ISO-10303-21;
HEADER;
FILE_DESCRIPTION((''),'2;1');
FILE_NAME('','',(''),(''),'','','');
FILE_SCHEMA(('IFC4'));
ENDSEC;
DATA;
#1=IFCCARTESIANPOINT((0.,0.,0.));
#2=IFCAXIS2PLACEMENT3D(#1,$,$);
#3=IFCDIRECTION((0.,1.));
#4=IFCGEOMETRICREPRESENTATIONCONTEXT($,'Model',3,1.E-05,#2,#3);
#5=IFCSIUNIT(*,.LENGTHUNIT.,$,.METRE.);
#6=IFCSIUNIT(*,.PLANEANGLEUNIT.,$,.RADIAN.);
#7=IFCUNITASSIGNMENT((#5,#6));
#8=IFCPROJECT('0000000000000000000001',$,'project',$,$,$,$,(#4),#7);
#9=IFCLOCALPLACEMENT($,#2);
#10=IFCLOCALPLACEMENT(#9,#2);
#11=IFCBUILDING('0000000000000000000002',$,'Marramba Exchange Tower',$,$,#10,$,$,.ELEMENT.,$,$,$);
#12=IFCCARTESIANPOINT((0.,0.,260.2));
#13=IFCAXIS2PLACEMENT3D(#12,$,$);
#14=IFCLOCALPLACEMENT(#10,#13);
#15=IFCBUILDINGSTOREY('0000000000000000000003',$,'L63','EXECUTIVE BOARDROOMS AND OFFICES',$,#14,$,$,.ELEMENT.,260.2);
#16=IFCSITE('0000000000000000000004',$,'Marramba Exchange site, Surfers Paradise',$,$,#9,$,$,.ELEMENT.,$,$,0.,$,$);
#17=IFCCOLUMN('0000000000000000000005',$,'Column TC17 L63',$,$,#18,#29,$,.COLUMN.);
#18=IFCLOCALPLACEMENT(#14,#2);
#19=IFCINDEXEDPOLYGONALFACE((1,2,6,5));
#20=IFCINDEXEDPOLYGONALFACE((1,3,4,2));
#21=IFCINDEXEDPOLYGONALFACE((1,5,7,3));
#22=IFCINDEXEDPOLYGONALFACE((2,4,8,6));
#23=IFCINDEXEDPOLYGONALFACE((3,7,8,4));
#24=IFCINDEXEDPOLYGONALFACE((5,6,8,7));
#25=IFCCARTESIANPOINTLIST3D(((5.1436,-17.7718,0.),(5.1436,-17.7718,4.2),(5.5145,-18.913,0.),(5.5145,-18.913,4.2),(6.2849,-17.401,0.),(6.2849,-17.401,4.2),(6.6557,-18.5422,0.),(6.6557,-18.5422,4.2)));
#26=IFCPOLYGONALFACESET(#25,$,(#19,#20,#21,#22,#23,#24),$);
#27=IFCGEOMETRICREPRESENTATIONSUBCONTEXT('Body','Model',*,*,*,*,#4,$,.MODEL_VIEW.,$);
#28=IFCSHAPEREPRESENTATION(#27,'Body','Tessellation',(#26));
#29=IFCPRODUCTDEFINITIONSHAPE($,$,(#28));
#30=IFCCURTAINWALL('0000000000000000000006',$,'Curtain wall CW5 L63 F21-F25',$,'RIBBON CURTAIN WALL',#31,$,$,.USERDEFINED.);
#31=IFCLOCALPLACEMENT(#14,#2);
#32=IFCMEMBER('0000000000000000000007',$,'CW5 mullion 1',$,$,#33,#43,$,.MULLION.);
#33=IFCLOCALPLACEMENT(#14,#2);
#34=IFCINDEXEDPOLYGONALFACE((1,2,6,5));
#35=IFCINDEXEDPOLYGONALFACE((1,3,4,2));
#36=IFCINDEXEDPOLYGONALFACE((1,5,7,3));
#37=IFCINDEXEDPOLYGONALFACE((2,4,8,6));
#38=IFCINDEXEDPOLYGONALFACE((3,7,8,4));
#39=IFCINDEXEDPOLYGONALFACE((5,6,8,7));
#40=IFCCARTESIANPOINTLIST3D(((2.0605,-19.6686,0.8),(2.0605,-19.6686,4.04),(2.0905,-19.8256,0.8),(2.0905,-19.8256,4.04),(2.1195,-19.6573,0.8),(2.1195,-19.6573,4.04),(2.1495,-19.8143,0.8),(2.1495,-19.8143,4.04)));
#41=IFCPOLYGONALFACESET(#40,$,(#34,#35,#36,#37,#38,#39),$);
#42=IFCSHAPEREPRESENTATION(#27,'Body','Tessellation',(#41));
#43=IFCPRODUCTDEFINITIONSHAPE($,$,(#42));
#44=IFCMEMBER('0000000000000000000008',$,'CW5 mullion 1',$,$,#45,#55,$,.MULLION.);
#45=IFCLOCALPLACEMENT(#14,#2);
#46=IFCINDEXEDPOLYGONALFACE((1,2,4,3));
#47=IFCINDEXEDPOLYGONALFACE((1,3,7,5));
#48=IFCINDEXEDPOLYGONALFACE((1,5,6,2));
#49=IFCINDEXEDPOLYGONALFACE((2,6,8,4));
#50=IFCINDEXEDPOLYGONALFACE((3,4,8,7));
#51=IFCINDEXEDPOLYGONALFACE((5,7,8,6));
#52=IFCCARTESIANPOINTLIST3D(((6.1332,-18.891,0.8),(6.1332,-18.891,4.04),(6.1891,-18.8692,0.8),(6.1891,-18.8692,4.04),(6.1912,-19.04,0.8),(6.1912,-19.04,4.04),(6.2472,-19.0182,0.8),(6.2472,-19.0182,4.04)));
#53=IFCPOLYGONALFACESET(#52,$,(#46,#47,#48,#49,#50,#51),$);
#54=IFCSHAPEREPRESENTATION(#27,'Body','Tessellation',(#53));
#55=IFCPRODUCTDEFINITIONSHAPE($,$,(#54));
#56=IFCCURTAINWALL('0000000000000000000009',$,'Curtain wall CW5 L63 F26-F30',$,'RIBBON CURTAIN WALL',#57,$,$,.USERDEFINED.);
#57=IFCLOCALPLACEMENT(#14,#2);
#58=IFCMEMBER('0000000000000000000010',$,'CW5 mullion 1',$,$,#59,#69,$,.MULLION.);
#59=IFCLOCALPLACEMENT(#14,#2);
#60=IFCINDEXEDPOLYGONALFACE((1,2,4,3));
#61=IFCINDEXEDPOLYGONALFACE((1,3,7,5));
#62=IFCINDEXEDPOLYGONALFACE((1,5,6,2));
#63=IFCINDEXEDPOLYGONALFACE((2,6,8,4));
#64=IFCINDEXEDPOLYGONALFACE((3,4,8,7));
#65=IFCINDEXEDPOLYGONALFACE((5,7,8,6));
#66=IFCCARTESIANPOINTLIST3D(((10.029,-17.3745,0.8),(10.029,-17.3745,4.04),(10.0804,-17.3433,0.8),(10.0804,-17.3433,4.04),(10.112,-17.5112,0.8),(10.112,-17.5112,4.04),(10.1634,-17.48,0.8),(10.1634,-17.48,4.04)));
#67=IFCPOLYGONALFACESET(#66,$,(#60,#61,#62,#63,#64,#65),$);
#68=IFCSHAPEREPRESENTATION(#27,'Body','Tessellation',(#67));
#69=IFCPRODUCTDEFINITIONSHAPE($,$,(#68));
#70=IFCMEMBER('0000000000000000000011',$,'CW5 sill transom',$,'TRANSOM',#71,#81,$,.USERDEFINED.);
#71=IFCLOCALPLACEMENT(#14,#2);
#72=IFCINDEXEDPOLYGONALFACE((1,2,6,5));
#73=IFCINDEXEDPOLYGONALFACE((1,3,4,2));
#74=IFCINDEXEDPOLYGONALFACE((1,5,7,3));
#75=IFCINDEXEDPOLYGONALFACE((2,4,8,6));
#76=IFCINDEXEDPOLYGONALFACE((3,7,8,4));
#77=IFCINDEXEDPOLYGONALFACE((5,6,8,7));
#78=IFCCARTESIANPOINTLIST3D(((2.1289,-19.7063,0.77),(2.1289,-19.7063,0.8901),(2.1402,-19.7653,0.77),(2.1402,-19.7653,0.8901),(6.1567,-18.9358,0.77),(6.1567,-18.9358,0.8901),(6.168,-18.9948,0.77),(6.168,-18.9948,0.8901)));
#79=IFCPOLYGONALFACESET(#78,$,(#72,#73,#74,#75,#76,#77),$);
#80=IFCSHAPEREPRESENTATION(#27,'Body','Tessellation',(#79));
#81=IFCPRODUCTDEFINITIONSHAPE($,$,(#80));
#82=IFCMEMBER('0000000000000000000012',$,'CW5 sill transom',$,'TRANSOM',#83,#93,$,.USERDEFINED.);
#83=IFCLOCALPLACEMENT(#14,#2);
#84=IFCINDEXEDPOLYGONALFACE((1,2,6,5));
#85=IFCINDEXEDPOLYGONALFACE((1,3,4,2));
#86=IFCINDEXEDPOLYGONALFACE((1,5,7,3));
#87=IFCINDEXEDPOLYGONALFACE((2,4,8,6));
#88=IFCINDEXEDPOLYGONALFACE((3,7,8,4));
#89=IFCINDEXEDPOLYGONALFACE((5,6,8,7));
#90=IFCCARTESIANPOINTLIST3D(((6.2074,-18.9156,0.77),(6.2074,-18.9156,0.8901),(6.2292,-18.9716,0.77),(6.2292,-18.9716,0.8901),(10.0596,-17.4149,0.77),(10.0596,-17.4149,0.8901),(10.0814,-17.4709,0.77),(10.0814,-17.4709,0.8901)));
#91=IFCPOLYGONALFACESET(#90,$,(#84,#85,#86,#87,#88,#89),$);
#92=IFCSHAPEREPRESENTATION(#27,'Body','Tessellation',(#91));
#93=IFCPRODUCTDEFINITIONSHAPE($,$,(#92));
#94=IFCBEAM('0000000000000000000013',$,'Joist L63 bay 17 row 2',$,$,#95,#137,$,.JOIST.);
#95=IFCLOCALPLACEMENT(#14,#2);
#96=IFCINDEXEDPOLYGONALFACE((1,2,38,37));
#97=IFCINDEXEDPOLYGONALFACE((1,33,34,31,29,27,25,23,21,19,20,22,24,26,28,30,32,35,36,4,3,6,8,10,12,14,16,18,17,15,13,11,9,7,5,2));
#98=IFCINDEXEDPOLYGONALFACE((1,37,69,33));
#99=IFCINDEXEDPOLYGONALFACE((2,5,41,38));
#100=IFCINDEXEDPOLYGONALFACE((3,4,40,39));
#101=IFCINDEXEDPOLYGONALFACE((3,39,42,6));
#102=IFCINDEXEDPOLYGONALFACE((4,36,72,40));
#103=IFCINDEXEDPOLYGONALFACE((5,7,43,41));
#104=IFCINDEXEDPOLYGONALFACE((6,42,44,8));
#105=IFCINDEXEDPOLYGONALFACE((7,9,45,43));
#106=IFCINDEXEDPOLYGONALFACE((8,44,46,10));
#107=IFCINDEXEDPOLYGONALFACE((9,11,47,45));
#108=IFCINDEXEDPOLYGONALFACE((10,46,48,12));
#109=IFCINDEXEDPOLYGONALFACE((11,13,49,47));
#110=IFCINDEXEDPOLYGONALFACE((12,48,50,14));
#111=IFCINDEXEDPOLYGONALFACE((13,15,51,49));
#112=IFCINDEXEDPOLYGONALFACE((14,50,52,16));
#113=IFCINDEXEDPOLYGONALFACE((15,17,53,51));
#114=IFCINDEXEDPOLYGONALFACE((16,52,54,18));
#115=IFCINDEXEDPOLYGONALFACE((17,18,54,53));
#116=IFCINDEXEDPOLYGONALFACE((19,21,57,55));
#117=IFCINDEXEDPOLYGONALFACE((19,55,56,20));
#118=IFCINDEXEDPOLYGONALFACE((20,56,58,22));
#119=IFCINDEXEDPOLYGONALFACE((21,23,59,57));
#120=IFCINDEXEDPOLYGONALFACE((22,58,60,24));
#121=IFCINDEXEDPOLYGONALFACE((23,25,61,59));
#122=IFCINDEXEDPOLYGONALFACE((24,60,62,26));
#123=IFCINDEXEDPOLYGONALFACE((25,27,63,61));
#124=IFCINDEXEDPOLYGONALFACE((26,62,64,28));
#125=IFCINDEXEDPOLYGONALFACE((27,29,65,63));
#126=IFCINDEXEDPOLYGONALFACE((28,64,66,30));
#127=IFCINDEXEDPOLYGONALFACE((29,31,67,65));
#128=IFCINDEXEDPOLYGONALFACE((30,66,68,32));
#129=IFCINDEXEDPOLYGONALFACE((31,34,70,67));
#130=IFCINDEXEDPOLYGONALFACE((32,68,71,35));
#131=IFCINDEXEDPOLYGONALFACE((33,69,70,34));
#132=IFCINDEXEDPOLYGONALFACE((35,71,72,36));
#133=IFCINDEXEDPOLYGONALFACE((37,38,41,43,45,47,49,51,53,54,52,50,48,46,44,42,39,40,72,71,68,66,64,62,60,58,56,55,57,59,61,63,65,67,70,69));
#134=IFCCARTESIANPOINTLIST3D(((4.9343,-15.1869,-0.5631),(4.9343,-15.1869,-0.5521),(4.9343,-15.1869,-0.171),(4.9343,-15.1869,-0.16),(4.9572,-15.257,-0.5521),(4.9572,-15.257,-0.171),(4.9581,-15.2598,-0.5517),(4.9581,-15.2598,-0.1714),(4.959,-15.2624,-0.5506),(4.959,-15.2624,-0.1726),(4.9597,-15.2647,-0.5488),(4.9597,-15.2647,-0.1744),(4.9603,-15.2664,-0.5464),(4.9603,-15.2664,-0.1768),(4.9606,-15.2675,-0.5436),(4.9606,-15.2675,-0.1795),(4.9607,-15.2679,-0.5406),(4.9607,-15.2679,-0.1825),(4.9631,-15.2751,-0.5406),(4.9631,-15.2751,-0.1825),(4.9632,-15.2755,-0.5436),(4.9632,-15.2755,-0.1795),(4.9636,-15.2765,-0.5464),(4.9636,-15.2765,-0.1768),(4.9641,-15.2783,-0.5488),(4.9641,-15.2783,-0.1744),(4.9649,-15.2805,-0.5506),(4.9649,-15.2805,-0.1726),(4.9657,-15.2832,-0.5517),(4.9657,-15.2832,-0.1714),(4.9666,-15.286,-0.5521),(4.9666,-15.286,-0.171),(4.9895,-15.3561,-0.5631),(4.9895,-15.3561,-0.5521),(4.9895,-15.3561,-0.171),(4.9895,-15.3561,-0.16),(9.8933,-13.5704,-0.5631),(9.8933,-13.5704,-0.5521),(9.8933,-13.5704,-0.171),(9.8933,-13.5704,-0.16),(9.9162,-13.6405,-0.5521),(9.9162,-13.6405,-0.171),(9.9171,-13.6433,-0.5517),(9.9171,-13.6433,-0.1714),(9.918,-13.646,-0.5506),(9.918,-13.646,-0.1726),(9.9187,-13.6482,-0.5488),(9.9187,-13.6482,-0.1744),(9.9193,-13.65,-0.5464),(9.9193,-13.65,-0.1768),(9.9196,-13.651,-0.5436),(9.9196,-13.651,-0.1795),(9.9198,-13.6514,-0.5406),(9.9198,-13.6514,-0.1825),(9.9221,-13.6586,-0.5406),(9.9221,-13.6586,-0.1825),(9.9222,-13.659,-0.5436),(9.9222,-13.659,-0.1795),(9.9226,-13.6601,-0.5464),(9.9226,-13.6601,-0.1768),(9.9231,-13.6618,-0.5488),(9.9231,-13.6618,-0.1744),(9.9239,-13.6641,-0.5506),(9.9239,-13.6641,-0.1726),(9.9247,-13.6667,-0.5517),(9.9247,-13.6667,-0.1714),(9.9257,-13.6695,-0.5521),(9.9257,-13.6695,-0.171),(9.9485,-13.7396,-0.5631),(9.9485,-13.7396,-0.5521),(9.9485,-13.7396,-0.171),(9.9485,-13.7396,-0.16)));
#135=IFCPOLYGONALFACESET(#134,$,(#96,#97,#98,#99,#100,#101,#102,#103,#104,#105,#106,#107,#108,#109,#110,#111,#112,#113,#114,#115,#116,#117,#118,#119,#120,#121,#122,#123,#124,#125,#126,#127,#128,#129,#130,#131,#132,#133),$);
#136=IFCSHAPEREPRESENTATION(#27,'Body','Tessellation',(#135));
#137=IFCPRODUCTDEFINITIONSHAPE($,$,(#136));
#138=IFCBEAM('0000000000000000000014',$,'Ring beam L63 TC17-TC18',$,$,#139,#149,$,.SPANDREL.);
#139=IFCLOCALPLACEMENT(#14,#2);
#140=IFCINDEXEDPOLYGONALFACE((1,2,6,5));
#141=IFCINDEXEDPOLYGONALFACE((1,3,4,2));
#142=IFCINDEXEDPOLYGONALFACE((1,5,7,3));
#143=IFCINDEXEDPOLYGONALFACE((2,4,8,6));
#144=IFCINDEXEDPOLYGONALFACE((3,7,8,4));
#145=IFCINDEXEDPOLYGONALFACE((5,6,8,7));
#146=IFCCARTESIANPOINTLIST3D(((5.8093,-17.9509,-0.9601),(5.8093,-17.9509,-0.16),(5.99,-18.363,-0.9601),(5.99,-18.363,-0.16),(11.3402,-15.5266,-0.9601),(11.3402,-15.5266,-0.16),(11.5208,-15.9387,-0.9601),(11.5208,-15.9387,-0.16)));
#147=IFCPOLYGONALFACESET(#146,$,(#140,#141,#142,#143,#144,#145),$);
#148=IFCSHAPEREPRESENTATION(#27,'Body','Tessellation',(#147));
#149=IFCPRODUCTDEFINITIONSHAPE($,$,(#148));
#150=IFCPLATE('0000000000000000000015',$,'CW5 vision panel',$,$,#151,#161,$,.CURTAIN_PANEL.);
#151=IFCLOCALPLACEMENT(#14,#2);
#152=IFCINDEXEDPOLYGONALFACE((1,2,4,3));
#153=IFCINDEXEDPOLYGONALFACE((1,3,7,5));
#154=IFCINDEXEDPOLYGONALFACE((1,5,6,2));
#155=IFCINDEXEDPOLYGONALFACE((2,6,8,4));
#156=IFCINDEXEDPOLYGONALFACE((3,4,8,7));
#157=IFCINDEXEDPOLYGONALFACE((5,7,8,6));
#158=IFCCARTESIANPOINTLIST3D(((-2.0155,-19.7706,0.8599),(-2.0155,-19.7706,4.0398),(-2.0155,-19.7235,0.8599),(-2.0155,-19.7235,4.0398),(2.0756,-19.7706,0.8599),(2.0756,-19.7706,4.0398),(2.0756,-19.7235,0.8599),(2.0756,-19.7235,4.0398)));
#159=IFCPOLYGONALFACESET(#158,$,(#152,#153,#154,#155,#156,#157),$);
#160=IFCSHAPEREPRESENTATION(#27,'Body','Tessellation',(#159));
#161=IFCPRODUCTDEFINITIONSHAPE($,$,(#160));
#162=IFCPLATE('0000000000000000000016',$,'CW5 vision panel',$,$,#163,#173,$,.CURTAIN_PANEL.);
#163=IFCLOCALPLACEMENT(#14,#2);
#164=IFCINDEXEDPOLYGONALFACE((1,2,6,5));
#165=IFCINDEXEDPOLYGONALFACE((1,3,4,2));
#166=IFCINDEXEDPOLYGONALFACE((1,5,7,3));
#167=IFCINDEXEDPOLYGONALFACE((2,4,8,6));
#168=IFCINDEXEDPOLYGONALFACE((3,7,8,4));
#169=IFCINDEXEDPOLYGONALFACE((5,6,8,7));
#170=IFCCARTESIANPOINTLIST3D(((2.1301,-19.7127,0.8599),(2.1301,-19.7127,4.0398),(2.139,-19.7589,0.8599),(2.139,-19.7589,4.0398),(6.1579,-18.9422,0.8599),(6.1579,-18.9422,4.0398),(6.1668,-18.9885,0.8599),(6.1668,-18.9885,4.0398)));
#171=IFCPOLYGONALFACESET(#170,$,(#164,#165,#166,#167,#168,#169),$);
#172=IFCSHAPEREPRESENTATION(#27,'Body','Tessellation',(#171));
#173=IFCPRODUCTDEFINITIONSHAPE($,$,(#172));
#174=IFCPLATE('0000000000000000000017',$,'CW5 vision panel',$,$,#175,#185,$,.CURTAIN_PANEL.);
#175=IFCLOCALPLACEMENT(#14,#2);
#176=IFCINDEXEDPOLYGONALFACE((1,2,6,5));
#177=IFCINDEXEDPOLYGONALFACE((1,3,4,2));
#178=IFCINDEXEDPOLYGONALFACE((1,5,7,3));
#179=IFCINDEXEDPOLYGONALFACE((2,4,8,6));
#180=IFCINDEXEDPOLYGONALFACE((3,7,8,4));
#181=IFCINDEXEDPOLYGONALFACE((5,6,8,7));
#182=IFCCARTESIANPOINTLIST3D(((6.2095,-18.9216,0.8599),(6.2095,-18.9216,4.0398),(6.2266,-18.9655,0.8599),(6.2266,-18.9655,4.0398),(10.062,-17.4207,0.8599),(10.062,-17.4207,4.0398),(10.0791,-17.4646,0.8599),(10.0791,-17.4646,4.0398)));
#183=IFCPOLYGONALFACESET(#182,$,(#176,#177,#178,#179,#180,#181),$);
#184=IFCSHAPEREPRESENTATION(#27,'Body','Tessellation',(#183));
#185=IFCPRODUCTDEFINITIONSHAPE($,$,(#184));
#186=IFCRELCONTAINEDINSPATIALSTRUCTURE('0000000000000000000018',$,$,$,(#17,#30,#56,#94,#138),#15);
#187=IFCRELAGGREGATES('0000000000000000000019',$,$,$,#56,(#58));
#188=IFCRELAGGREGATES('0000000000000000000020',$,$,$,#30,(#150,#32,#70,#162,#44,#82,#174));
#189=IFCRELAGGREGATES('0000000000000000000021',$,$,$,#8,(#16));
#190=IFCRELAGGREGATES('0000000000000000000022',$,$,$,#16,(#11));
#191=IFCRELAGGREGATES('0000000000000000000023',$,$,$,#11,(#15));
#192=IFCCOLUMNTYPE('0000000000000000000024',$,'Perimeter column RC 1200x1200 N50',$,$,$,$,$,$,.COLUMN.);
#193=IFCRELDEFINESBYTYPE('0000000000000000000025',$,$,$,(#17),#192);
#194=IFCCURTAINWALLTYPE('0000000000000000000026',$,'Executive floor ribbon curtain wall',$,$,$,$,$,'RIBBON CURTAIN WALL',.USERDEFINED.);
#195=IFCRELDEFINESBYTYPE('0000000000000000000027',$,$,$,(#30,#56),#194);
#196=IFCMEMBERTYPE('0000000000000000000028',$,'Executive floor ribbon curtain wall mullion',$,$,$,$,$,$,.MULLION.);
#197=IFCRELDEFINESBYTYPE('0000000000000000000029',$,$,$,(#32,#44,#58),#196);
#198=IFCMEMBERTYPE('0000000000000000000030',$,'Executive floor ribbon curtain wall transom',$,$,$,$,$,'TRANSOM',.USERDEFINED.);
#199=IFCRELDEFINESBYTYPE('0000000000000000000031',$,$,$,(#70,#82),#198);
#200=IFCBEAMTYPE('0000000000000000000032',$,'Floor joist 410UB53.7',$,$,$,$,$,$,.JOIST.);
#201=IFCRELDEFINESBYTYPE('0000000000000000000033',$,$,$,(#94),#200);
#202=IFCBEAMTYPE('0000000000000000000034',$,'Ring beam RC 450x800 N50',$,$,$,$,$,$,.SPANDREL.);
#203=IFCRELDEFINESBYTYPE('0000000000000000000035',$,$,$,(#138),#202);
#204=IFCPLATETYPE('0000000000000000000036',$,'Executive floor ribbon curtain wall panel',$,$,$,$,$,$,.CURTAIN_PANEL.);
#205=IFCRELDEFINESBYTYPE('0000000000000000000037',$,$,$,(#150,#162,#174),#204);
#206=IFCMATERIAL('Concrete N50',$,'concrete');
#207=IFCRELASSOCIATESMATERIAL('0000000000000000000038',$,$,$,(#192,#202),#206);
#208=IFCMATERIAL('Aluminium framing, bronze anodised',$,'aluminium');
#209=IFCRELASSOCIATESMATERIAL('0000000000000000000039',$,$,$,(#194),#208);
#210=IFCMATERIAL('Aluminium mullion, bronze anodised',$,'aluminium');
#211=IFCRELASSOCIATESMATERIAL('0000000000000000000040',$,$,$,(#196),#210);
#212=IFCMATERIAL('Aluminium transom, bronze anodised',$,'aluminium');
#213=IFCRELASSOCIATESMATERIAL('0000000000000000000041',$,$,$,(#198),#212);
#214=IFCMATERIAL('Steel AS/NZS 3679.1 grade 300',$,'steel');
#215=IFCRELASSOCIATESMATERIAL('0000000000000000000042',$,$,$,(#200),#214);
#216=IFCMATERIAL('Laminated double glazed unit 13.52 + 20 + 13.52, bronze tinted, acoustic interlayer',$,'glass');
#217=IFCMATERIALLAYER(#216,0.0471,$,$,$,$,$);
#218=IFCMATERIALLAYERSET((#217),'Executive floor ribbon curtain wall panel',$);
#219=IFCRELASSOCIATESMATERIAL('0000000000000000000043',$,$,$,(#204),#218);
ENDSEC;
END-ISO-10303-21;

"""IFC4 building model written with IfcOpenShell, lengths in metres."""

from ifc_helpers import new_model, si_unit, direction, frame, origin, origin_2d, place, context, subcontext, project, spatial, rectangle, i_section, extrude, material, layer, layer_set, material_profile, profile_set, type_object, element, aggregate, save


model = new_model("IFC4")

# Units and contexts
model_context = context("Model", 3, precision=1e-05, world=origin(), true_north=direction((0.0, 1.0)))
body_context = subcontext(model_context, "Body", "Model", "MODEL_VIEW")
ifc_project = project(units=[si_unit("LENGTHUNIT", "METRE"), si_unit("PLANEANGLEUNIT", "RADIAN")], contexts=[model_context])

# Site, building, storey
site_placement = place(None, origin())
site = spatial("IfcSite", under=ifc_project, at=site_placement, Name="Marramba Exchange site, Surfers Paradise", CompositionType="ELEMENT", RefElevation=0.0)
building_placement = place(site_placement, origin())
building = spatial("IfcBuilding", under=site, at=building_placement, Name="Marramba Exchange Tower", CompositionType="ELEMENT")
storey_placement = place(building_placement, frame((0.0, 0.0, 260.2)))
storey = spatial("IfcBuildingStorey", under=building, at=storey_placement, Name="L63", Description="EXECUTIVE BOARDROOMS AND OFFICES", CompositionType="ELEMENT", Elevation=260.2)

# Column
ifc_material_1 = material(Name="Concrete N50", Category="concrete")
ifc_material_profile_1 = material_profile(ifc_material_1, rectangle(XDim=1.2, YDim=1.2, at=origin_2d()), Name="RC 1200x1200")
ifc_profile_set_1 = profile_set([ifc_material_profile_1], Name="Concrete N50")
column_type = type_object("IfcColumnType", Name="Perimeter column RC 1200x1200 N50", PredefinedType="COLUMN", material=ifc_profile_set_1)
column_placement = place(storey_placement, frame((5.8997, -18.157, 0.0), z_axis=(0.0, 0.0, 1.0), x_axis=(0.309017, -0.951057, 0.0)))
element("IfcColumn", 1, at=column_placement, inside=storey, type_object=column_type, Name="Column TC17 L63", PredefinedType="COLUMN", context=body_context, shape_type="SweptSolid", body=[
    extrude(rectangle(XDim=1.2, YDim=1.2, at=origin_2d()), origin(), (0.0, 0.0, 1.0), 4.2),
])

# Curtain wall, members
ifc_material_2 = material(Name="Aluminium framing, bronze anodised", Category="aluminium")
curtain_wall_type = type_object("IfcCurtainWallType", Name="Executive floor ribbon curtain wall", ElementType="RIBBON CURTAIN WALL", PredefinedType="USERDEFINED", material=ifc_material_2)
curtain_wall_1_placement = place(storey_placement, origin())
curtain_wall_1 = element("IfcCurtainWall", 2, at=curtain_wall_1_placement, inside=storey, type_object=curtain_wall_type, Name="Curtain wall CW5 L63 F21-F25", ObjectType="RIBBON CURTAIN WALL", PredefinedType="USERDEFINED")
ifc_material_3 = material(Name="Aluminium mullion, bronze anodised", Category="aluminium")
ifc_material_profile_2 = material_profile(ifc_material_3, rectangle(XDim=0.1599, YDim=0.0601, at=origin_2d()), Name="CW5 mullion 60x160")
ifc_profile_set_2 = profile_set([ifc_material_profile_2], Name="Aluminium mullion, bronze anodised")
member_type_1 = type_object("IfcMemberType", Name="Executive floor ribbon curtain wall mullion", PredefinedType="MULLION", material=ifc_profile_set_2)
member_1_placement = place(storey_placement, frame((2.105, -19.7415, 0.8), z_axis=(0.0, 0.0, 1.0), x_axis=(-0.187873, 0.982193, 0.0)))
member_1 = element("IfcMember", 3, at=member_1_placement, type_object=member_type_1, Name="CW5 mullion 1", PredefinedType="MULLION", context=body_context, shape_type="SweptSolid", body=[
    extrude(rectangle(XDim=0.1599, YDim=0.0601, at=origin_2d()), origin(), (0.0, 0.0, 1.0), 3.24),
])
member_2_placement = place(storey_placement, frame((6.1902, -18.9546, 0.8), z_axis=(0.0, 0.0, 1.0), x_axis=(-0.36301, 0.931785, 0.0)))
member_2 = element("IfcMember", 4, at=member_2_placement, type_object=member_type_1, Name="CW5 mullion 1", PredefinedType="MULLION", context=body_context, shape_type="SweptSolid", body=[
    extrude(rectangle(XDim=0.1599, YDim=0.0601, at=origin_2d()), origin(), (0.0, 0.0, 1.0), 3.24),
])

# Curtain wall, member
curtain_wall_2_placement = place(storey_placement, origin())
curtain_wall_2 = element("IfcCurtainWall", 5, at=curtain_wall_2_placement, inside=storey, type_object=curtain_wall_type, Name="Curtain wall CW5 L63 F26-F30", ObjectType="RIBBON CURTAIN WALL", PredefinedType="USERDEFINED")
member_3_placement = place(storey_placement, frame((10.0962, -17.4272, 0.8), z_axis=(0.0, 0.0, 1.0), x_axis=(-0.519115, 0.854704, 0.0)))
member_3 = element("IfcMember", 6, at=member_3_placement, type_object=member_type_1, Name="CW5 mullion 1", PredefinedType="MULLION", context=body_context, shape_type="SweptSolid", body=[
    extrude(rectangle(XDim=0.1599, YDim=0.0601, at=origin_2d()), origin(), (0.0, 0.0, 1.0), 3.24),
])
aggregate(curtain_wall_2, [member_3])

# Members
ifc_material_4 = material(Name="Aluminium transom, bronze anodised", Category="aluminium")
ifc_material_profile_3 = material_profile(ifc_material_4, rectangle(XDim=0.0601, YDim=0.1201, at=origin_2d()), Name="CW5 transom 60x120")
ifc_profile_set_3 = profile_set([ifc_material_profile_3], Name="Aluminium transom, bronze anodised")
member_type_2 = type_object("IfcMemberType", Name="Executive floor ribbon curtain wall transom", ElementType="TRANSOM", PredefinedType="USERDEFINED", material=ifc_profile_set_3)
member_4_placement = place(storey_placement, frame((2.1345, -19.7358, 0.8301), z_axis=(0.98219, 0.187889, 0.0), x_axis=(-0.187889, 0.98219, 0.0)))
member_4 = element("IfcMember", 7, at=member_4_placement, type_object=member_type_2, Name="CW5 sill transom", ObjectType="TRANSOM", PredefinedType="USERDEFINED", context=body_context, shape_type="SweptSolid", body=[
    extrude(rectangle(XDim=0.0601, YDim=0.1201, at=origin_2d()), origin(), (0.0, 0.0, 1.0), 4.1008),
])
member_5_placement = place(storey_placement, frame((6.2183, -18.9436, 0.8301), z_axis=(0.931791, 0.362996, 0.0), x_axis=(-0.362996, 0.931791, 0.0)))
member_5 = element("IfcMember", 8, at=member_5_placement, type_object=member_type_2, Name="CW5 sill transom", ObjectType="TRANSOM", PredefinedType="USERDEFINED", context=body_context, shape_type="SweptSolid", body=[
    extrude(rectangle(XDim=0.0601, YDim=0.1201, at=origin_2d()), origin(), (0.0, 0.0, 1.0), 4.1343),
])

# Beams
ifc_material_5 = material(Name="Steel AS/NZS 3679.1 grade 300", Category="steel")
ifc_material_profile_4 = material_profile(ifc_material_5, i_section(OverallWidth=0.178, OverallDepth=0.4031, WebThickness=0.0076, FlangeThickness=0.011, FilletRadius=0.0115, at=origin_2d()), Name="410UB53.7")
ifc_profile_set_4 = profile_set([ifc_material_profile_4], Name="Steel AS/NZS 3679.1 grade 300")
beam_type_1 = type_object("IfcBeamType", Name="Floor joist 410UB53.7", PredefinedType="JOIST", material=ifc_profile_set_4)
beam_1_placement = place(storey_placement, frame((4.9619, -15.2715, -0.3616), z_axis=(0.950764, 0.309916, 0.0), x_axis=(-0.309916, 0.950764, 0.0)))
element("IfcBeam", 9, at=beam_1_placement, inside=storey, type_object=beam_type_1, Name="Joist L63 bay 17 row 2", PredefinedType="JOIST", context=body_context, shape_type="SweptSolid", body=[
    extrude(i_section(OverallWidth=0.178, OverallDepth=0.4031, WebThickness=0.0076, FlangeThickness=0.011, FilletRadius=0.0115, at=origin_2d()), origin(), (0.0, 0.0, 1.0), 5.2158),
])
ifc_material_profile_5 = material_profile(ifc_material_1, rectangle(XDim=0.45, YDim=0.8, at=origin_2d()), Name="RC 450x800")
ifc_profile_set_5 = profile_set([ifc_material_profile_5], Name="Concrete N50")
beam_type_2 = type_object("IfcBeamType", Name="Ring beam RC 450x800 N50", PredefinedType="SPANDREL", material=ifc_profile_set_5)
beam_2_placement = place(storey_placement, frame((5.8997, -18.157, -0.5601), z_axis=(0.915877, 0.401459, 0.0), x_axis=(-0.401459, 0.915877, 0.0)))
element("IfcBeam", 10, at=beam_2_placement, inside=storey, type_object=beam_type_2, Name="Ring beam L63 TC17-TC18", PredefinedType="SPANDREL", context=body_context, shape_type="SweptSolid", body=[
    extrude(rectangle(XDim=0.45, YDim=0.8, at=origin_2d()), origin(), (0.0, 0.0, 1.0), 6.0388),
])

# Plates
ifc_material_6 = material(Name="Laminated double glazed unit 13.52 + 20 + 13.52, bronze tinted, acoustic interlayer", Category="glass")
ifc_layer_1 = layer(ifc_material_6, 0.0471)
ifc_layer_set_1 = layer_set([ifc_layer_1], Name="Executive floor ribbon curtain wall panel")
plate_type = type_object("IfcPlateType", Name="Executive floor ribbon curtain wall panel", PredefinedType="CURTAIN_PANEL", material=ifc_layer_set_1)
plate_1_placement = place(storey_placement, frame((0.03, -19.7471, 0.8599), z_axis=(0.0, 0.0, 1.0), x_axis=(1.0, 0.0, 0.0)))
plate_1 = element("IfcPlate", 11, at=plate_1_placement, type_object=plate_type, Name="CW5 vision panel", PredefinedType="CURTAIN_PANEL", context=body_context, shape_type="SweptSolid", body=[
    extrude(rectangle(XDim=4.0911, YDim=0.0471, at=origin_2d()), origin(), (0.0, 0.0, 1.0), 3.1799),
])
plate_2_placement = place(storey_placement, frame((4.1484, -19.3506, 0.8599), z_axis=(0.0, 0.0, 1.0), x_axis=(0.982193, 0.187873, 0.0)))
plate_2 = element("IfcPlate", 12, at=plate_2_placement, type_object=plate_type, Name="CW5 vision panel", PredefinedType="CURTAIN_PANEL", context=body_context, shape_type="SweptSolid", body=[
    extrude(rectangle(XDim=4.1008, YDim=0.0471, at=origin_2d()), origin(), (0.0, 0.0, 1.0), 3.1799),
])
plate_3_placement = place(storey_placement, frame((8.1443, -18.1931, 0.8599), z_axis=(0.0, 0.0, 1.0), x_axis=(0.931785, 0.36301, 0.0)))
plate_3 = element("IfcPlate", 13, at=plate_3_placement, type_object=plate_type, Name="CW5 vision panel", PredefinedType="CURTAIN_PANEL", context=body_context, shape_type="SweptSolid", body=[
    extrude(rectangle(XDim=4.1345, YDim=0.0471, at=origin_2d()), origin(), (0.0, 0.0, 1.0), 3.1799),
])
aggregate(curtain_wall_1, [plate_1, member_1, member_4, plate_2, member_2, member_5, plate_3])

save(model, "model.ifc")
